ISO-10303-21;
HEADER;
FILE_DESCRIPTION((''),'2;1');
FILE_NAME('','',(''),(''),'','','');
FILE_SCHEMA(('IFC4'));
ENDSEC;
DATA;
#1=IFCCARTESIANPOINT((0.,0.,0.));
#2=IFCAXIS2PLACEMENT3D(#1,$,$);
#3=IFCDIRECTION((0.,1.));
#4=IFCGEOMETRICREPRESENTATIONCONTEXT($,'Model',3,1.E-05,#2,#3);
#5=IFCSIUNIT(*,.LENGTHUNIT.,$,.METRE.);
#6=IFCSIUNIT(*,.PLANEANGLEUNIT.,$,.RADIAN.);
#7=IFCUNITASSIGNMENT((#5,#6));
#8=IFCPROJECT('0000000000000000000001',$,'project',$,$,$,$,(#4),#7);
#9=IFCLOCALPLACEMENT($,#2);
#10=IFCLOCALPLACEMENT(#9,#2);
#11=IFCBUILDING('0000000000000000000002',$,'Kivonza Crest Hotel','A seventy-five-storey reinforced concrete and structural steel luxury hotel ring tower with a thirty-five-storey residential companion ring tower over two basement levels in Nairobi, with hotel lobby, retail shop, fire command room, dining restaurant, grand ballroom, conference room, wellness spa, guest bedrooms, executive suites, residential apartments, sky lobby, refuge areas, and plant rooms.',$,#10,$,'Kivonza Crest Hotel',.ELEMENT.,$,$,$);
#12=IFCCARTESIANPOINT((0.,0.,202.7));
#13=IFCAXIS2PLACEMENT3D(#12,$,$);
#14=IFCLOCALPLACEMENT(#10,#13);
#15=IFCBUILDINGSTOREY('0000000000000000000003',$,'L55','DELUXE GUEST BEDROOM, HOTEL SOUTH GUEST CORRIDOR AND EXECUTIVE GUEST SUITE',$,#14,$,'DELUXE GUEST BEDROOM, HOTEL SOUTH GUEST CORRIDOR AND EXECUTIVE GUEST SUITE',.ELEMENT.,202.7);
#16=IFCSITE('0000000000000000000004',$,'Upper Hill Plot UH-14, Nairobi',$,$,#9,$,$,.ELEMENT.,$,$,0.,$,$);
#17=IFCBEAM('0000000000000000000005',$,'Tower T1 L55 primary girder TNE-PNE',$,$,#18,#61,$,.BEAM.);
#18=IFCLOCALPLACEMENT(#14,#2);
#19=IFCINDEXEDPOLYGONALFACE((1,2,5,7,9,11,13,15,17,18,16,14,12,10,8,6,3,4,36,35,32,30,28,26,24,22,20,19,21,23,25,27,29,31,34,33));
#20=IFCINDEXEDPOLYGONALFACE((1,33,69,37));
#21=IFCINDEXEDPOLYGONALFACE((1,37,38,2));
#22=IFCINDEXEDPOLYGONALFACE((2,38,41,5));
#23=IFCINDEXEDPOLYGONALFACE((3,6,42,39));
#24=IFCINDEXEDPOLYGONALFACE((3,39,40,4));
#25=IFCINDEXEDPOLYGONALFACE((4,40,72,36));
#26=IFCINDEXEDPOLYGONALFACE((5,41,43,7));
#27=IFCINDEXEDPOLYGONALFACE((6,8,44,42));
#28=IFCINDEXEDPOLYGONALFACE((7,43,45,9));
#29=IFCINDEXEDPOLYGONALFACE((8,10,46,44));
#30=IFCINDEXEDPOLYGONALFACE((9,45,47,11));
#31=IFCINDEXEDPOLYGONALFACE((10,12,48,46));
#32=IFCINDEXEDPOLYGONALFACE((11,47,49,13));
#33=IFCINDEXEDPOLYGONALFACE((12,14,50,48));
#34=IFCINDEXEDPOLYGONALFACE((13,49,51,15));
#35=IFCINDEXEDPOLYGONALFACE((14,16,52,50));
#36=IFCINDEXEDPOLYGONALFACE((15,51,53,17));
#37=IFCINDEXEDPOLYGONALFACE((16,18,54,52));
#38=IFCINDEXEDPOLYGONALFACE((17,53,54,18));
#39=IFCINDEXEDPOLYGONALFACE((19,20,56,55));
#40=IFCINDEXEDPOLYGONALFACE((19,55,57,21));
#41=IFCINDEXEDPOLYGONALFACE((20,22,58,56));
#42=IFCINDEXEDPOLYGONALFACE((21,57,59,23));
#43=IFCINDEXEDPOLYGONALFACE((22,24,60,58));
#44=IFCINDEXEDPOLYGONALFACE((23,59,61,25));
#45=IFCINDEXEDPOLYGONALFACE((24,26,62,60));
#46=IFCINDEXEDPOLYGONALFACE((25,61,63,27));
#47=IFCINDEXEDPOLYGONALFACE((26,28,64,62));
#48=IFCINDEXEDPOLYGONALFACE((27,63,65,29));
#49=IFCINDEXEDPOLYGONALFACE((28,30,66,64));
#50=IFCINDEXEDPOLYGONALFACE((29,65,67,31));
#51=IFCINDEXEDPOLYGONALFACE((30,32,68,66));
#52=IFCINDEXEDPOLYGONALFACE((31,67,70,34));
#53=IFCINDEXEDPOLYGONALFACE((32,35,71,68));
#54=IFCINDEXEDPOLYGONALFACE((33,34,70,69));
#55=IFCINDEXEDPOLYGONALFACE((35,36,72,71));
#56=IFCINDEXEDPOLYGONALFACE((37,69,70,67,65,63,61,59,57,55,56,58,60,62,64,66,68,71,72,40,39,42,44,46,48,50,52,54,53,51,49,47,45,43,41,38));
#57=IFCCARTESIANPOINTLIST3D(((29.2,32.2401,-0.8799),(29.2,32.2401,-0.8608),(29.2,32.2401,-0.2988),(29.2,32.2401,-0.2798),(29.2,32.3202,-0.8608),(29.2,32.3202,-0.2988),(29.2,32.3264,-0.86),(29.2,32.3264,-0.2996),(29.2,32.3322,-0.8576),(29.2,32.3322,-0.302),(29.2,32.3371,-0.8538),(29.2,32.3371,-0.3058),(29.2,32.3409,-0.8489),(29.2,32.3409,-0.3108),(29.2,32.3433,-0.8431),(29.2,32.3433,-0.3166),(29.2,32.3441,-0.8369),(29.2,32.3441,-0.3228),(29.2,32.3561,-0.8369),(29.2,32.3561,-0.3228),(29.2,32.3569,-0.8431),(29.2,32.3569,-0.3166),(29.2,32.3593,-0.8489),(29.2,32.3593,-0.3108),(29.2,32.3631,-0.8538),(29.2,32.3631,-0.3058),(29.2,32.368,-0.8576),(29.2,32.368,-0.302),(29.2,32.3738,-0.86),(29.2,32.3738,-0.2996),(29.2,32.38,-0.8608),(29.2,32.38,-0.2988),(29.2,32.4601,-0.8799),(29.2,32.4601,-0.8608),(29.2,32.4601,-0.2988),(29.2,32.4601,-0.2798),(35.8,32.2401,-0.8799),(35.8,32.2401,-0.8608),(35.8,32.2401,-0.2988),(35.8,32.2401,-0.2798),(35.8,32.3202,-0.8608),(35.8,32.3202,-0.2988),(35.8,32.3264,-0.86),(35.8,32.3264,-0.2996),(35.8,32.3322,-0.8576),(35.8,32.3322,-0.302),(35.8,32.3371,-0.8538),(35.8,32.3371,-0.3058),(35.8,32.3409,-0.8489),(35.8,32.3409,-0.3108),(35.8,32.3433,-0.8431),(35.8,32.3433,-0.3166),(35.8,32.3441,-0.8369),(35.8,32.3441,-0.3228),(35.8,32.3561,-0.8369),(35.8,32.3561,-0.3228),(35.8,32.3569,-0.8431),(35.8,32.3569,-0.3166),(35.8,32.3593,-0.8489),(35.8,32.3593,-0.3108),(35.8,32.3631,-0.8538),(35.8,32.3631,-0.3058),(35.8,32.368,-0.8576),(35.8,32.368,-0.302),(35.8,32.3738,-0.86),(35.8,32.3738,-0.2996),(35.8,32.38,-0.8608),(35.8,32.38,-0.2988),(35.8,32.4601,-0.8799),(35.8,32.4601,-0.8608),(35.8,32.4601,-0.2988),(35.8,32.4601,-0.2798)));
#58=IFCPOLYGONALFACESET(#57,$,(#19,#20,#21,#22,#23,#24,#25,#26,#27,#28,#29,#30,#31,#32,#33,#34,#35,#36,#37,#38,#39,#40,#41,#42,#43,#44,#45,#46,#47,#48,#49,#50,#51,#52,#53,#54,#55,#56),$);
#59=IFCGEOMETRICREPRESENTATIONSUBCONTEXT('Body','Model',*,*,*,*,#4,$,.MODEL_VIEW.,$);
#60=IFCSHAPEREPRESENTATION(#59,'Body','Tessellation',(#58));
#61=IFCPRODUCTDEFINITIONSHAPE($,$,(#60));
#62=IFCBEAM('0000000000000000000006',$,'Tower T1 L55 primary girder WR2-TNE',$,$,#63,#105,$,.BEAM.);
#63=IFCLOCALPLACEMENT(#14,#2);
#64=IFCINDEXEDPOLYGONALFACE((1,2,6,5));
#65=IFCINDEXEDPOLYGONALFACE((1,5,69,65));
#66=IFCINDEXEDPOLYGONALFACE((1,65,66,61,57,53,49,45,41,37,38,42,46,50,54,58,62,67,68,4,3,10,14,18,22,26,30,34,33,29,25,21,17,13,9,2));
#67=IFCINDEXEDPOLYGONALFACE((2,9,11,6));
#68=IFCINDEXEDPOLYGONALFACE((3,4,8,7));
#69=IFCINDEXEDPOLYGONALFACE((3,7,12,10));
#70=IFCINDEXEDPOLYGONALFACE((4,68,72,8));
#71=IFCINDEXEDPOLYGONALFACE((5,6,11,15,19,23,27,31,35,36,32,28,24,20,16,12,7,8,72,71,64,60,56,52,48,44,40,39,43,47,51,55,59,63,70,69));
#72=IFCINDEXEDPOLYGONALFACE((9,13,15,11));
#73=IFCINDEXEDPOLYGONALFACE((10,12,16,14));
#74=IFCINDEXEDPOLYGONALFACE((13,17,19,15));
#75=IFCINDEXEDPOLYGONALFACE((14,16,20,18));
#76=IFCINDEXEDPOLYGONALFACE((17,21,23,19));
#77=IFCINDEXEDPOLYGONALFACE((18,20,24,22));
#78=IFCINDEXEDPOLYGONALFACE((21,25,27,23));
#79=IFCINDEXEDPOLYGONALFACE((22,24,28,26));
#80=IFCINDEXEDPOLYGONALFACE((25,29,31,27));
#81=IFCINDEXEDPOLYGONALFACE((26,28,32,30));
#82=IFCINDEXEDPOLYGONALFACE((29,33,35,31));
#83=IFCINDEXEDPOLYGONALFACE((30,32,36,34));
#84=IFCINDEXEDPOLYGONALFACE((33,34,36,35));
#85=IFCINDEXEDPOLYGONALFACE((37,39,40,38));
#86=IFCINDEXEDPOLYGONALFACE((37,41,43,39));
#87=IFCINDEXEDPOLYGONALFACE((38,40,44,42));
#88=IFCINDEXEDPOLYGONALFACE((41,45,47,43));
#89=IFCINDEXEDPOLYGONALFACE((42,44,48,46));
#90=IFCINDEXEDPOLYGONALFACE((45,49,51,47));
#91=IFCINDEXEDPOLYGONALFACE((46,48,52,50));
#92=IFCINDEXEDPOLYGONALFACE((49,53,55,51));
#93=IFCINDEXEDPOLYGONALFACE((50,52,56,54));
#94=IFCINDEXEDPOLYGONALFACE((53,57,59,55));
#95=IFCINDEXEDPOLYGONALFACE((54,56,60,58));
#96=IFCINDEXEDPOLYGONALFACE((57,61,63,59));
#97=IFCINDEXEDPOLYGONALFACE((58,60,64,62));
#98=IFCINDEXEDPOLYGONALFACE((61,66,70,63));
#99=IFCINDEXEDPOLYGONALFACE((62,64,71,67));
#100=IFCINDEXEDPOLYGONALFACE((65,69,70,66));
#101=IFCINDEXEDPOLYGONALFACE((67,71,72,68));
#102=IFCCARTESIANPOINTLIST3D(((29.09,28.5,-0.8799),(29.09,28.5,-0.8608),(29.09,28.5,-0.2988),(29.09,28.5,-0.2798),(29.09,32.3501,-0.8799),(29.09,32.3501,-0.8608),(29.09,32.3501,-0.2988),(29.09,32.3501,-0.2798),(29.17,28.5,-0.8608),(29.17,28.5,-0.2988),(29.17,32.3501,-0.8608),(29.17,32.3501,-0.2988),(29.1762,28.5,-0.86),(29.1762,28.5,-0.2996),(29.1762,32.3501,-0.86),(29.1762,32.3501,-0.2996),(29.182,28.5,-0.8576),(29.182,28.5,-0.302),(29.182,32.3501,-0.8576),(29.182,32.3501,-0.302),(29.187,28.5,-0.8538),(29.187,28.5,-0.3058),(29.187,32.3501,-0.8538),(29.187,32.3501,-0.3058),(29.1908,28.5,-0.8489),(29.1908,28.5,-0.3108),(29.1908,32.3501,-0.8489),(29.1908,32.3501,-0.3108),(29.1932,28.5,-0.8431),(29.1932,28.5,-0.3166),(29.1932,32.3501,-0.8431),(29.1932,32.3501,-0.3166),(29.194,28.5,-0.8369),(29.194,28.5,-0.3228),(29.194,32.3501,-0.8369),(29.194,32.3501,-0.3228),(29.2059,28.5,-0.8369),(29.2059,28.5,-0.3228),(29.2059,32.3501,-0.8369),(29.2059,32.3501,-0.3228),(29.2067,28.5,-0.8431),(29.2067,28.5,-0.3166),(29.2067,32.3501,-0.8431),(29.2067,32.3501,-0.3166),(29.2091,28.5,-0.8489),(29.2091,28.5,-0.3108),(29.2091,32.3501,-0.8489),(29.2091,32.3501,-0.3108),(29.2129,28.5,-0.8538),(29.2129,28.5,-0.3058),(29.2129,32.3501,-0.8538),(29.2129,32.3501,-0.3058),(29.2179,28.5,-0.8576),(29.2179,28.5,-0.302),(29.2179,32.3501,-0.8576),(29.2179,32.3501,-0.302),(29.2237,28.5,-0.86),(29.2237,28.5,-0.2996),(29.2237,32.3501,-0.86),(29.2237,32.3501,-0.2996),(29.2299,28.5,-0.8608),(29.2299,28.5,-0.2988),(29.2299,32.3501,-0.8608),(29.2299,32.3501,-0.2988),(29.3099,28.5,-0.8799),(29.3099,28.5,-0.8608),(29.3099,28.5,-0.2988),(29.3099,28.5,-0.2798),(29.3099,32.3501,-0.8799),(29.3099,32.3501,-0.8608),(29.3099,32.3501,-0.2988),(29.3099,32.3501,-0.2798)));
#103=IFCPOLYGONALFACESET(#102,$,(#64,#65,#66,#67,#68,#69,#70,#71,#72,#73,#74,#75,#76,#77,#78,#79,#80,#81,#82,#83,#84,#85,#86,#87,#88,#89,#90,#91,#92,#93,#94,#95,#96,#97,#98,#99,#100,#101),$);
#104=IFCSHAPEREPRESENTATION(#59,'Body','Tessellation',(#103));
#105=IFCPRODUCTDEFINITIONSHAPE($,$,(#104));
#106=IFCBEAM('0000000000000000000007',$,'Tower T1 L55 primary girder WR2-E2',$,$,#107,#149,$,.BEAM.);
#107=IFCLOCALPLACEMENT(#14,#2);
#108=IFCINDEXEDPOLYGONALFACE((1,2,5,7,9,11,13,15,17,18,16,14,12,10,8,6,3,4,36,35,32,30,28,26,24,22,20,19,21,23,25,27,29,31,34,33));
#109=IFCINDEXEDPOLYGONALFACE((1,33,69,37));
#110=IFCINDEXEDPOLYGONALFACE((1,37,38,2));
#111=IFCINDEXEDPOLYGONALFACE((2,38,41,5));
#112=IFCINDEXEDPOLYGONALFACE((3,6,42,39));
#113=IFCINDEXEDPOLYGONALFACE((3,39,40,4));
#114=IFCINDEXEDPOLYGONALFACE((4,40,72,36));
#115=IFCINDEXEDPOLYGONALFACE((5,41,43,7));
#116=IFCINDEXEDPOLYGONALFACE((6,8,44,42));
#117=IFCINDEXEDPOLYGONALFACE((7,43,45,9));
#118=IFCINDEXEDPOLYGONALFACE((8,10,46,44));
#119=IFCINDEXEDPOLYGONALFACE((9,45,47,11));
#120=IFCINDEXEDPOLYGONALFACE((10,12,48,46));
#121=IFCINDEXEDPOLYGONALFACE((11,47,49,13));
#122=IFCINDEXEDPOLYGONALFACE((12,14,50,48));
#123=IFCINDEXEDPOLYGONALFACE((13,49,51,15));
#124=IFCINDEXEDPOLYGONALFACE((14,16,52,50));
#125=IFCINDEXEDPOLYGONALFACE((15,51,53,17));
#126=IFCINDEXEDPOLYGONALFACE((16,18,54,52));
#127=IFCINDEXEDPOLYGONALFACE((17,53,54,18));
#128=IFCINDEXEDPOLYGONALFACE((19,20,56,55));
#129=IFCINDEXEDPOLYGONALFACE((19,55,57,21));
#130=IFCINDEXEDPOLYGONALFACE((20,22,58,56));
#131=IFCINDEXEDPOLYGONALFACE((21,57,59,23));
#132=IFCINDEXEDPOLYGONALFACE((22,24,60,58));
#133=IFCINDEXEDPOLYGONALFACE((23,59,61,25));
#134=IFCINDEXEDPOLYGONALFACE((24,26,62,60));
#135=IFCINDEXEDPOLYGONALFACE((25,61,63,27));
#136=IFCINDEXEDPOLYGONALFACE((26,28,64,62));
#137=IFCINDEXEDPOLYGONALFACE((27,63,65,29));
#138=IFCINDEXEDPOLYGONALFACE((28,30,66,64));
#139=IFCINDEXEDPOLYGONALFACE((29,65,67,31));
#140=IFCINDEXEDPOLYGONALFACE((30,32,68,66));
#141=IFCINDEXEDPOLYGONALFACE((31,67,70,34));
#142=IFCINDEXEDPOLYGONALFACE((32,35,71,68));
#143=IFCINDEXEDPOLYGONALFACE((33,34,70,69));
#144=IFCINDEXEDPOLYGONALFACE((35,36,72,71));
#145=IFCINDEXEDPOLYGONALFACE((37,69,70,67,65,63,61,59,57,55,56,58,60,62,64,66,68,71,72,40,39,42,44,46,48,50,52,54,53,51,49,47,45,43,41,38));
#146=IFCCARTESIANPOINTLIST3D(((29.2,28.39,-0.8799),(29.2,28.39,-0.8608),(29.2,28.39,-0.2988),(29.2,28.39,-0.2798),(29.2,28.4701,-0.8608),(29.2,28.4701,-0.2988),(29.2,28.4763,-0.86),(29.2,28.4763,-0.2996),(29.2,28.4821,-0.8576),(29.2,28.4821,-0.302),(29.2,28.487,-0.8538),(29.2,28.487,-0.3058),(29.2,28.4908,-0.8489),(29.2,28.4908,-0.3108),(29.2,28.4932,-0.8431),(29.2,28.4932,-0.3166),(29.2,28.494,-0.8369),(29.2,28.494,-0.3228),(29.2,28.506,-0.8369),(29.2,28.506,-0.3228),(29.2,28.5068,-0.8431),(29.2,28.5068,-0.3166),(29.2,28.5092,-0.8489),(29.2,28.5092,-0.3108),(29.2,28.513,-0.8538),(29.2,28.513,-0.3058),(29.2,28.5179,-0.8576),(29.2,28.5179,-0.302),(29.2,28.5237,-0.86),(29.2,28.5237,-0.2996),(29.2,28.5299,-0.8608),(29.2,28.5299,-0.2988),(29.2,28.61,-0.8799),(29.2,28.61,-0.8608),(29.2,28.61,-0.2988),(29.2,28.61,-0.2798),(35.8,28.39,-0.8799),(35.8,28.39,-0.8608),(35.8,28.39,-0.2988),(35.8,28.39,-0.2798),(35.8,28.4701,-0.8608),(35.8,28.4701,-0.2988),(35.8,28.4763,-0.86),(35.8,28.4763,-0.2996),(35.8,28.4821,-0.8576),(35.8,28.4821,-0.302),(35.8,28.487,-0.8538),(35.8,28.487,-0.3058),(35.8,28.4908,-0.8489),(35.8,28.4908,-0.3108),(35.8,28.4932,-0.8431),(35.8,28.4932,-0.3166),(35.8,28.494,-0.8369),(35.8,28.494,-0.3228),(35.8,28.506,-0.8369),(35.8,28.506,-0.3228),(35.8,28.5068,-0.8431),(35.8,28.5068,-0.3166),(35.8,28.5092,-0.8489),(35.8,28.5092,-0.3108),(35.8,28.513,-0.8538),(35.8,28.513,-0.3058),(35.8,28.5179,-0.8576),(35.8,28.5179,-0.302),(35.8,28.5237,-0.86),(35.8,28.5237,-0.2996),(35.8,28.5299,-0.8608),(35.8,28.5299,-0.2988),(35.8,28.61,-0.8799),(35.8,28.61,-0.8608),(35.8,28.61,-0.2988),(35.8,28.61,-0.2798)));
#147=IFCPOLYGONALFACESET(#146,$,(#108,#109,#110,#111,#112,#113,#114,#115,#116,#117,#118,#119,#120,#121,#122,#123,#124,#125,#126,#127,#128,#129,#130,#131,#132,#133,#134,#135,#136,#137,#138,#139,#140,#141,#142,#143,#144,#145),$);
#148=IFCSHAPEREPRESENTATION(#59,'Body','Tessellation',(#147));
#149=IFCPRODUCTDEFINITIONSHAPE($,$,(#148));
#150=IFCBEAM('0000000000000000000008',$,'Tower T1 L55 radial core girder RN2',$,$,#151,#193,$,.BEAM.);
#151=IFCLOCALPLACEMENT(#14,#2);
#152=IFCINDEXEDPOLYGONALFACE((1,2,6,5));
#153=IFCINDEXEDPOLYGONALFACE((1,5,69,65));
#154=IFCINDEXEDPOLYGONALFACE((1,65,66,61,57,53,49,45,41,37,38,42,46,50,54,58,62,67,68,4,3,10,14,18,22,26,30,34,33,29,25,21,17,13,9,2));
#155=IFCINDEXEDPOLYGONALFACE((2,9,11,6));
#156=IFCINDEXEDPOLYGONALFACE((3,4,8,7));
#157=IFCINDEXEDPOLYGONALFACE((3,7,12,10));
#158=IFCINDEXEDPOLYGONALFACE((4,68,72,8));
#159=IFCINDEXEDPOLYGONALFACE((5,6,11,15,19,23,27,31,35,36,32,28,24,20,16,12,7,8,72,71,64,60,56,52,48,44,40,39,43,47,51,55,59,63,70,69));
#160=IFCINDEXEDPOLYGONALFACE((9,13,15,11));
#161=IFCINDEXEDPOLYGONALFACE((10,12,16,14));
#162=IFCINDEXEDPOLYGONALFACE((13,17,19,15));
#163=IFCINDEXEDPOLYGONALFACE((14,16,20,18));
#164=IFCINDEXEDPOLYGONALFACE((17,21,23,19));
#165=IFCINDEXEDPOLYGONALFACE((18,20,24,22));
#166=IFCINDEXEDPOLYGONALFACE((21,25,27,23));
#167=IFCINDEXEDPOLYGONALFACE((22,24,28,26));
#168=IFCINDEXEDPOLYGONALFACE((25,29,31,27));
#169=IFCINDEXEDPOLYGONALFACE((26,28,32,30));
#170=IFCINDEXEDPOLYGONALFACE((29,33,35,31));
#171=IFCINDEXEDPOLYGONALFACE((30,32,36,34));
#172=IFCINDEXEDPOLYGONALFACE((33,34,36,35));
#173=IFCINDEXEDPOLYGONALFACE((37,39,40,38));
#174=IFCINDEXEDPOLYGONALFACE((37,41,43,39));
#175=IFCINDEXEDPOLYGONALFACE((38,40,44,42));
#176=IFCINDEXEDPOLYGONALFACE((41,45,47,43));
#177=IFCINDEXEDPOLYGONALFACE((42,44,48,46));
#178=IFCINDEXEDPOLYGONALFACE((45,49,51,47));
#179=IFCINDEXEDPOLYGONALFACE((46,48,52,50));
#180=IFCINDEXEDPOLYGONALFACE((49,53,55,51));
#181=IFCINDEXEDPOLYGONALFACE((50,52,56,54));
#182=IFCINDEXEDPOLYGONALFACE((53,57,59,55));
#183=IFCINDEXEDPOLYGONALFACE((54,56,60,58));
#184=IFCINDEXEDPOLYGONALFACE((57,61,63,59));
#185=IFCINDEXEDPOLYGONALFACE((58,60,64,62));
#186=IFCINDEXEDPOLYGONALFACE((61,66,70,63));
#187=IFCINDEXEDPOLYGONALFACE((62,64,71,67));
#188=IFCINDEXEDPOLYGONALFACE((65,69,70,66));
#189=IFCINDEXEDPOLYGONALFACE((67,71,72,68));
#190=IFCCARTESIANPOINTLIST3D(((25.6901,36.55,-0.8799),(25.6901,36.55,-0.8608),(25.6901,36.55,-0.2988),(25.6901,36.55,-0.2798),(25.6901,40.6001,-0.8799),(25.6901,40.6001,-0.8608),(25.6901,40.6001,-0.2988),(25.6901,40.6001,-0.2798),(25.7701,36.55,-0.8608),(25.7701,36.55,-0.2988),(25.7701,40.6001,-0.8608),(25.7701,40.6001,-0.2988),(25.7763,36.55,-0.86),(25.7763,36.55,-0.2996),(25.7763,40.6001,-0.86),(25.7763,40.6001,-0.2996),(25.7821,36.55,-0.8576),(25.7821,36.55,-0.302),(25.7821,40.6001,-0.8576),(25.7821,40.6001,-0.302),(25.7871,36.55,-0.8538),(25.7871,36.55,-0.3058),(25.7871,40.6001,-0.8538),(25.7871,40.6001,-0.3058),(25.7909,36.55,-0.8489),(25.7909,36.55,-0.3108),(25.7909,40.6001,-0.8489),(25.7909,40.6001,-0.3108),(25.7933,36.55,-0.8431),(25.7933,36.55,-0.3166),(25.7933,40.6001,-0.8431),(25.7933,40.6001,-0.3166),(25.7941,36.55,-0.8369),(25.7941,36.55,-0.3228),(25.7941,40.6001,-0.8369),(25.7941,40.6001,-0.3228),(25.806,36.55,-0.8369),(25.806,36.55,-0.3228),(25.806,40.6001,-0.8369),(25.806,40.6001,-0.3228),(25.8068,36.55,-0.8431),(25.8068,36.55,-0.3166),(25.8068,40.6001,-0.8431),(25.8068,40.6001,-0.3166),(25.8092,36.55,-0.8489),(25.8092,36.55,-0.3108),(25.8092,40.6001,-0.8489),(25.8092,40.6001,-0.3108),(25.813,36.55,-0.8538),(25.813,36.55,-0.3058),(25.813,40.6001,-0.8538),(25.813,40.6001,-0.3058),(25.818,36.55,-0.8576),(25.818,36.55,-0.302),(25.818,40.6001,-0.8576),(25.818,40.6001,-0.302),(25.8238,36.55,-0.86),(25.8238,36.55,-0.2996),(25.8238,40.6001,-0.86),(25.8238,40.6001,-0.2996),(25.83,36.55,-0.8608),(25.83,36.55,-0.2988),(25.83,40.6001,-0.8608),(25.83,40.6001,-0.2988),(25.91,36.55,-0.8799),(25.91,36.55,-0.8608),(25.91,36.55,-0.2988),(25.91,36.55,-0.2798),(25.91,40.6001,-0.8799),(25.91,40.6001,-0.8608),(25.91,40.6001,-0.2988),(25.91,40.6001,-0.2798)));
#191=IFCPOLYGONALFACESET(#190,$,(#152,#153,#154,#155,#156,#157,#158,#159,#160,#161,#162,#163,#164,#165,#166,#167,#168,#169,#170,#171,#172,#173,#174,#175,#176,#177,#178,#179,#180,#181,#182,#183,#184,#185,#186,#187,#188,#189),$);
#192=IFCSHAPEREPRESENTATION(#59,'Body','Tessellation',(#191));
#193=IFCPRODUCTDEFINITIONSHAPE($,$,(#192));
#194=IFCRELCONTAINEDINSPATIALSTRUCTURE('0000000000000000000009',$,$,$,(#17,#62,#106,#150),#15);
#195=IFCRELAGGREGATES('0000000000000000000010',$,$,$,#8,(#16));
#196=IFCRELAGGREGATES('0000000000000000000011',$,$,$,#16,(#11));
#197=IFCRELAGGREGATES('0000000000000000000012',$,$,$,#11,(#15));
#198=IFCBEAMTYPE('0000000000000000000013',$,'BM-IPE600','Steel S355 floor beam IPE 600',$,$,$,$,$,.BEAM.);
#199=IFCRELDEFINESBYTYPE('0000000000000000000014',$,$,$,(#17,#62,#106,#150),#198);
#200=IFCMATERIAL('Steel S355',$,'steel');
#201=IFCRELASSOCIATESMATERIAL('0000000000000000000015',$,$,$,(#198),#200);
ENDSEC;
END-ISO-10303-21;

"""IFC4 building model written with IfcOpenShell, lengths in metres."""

from ifc_helpers import new_model, si_unit, direction, frame, origin, origin_2d, place, context, subcontext, project, spatial, i_section, extrude, material, material_profile, profile_set, type_object, element, save


model = new_model("IFC4")

# Units and contexts
model_context = context("Model", 3, precision=1e-05, world=origin(), true_north=direction((0.0, 1.0)))
body_context = subcontext(model_context, "Body", "Model", "MODEL_VIEW")
ifc_project = project(units=[si_unit("LENGTHUNIT", "METRE"), si_unit("PLANEANGLEUNIT", "RADIAN")], contexts=[model_context])

# Site, building, storey
site_placement = place(None, origin())
site = spatial("IfcSite", under=ifc_project, at=site_placement, Name="Upper Hill Plot UH-14, Nairobi", CompositionType="ELEMENT", RefElevation=0.0)
building_placement = place(site_placement, origin())
building = spatial("IfcBuilding", under=site, at=building_placement, Name="Kivonza Crest Hotel", Description="A seventy-five-storey reinforced concrete and structural steel luxury hotel ring tower with a thirty-five-storey residential companion ring tower over two basement levels in Nairobi, with hotel lobby, retail shop, fire command room, dining restaurant, grand ballroom, conference room, wellness spa, guest bedrooms, executive suites, residential apartments, sky lobby, refuge areas, and plant rooms.", LongName="Kivonza Crest Hotel", CompositionType="ELEMENT")
storey_placement = place(building_placement, frame((0.0, 0.0, 202.7)))
storey = spatial("IfcBuildingStorey", under=building, at=storey_placement, Name="L55", Description="DELUXE GUEST BEDROOM, HOTEL SOUTH GUEST CORRIDOR AND EXECUTIVE GUEST SUITE", LongName="DELUXE GUEST BEDROOM, HOTEL SOUTH GUEST CORRIDOR AND EXECUTIVE GUEST SUITE", CompositionType="ELEMENT", Elevation=202.7)

# Beams
ifc_material_1 = material(Name="Steel S355", Category="steel")
ifc_material_profile_1 = material_profile(ifc_material_1, i_section(OverallWidth=0.22, OverallDepth=0.6001, WebThickness=0.012, FlangeThickness=0.019, FilletRadius=0.0239, at=origin_2d()), Name="IPE 600")
ifc_profile_set_1 = profile_set([ifc_material_profile_1], Name="Steel S355")
beam_type_1 = type_object("IfcBeamType", Name="BM-IPE600", Description="Steel S355 floor beam IPE 600", PredefinedType="BEAM", material=ifc_profile_set_1)
beam_1_placement = place(storey_placement, frame((29.2, 32.3501, -0.5798), z_axis=(1.0, 0.0, 0.0), x_axis=(0.0, 1.0, 0.0)))
element("IfcBeam", 1, at=beam_1_placement, inside=storey, type_object=beam_type_1, Name="Tower T1 L55 primary girder TNE-PNE", PredefinedType="BEAM", context=body_context, shape_type="SweptSolid", body=[
    extrude(i_section(OverallWidth=0.22, OverallDepth=0.6001, WebThickness=0.012, FlangeThickness=0.019, FilletRadius=0.0239, at=origin_2d()), origin(), (0.0, 0.0, 1.0), 6.6001),
])
beam_2_placement = place(storey_placement, frame((29.2, 28.5, -0.5798), z_axis=(0.0, 1.0, 0.0), x_axis=(-1.0, 0.0, 0.0)))
element("IfcBeam", 2, at=beam_2_placement, inside=storey, type_object=beam_type_1, Name="Tower T1 L55 primary girder WR2-TNE", PredefinedType="BEAM", context=body_context, shape_type="SweptSolid", body=[
    extrude(i_section(OverallWidth=0.22, OverallDepth=0.6001, WebThickness=0.012, FlangeThickness=0.019, FilletRadius=0.0239, at=origin_2d()), origin(), (0.0, 0.0, 1.0), 3.8501),
])
beam_3_placement = place(storey_placement, frame((29.2, 28.5, -0.5798), z_axis=(1.0, 0.0, 0.0), x_axis=(0.0, 1.0, 0.0)))
element("IfcBeam", 3, at=beam_3_placement, inside=storey, type_object=beam_type_1, Name="Tower T1 L55 primary girder WR2-E2", PredefinedType="BEAM", context=body_context, shape_type="SweptSolid", body=[
    extrude(i_section(OverallWidth=0.22, OverallDepth=0.6001, WebThickness=0.012, FlangeThickness=0.019, FilletRadius=0.0239, at=origin_2d()), origin(), (0.0, 0.0, 1.0), 6.6001),
])
beam_4_placement = place(storey_placement, frame((25.8, 40.6001, -0.5798), z_axis=(0.0, -1.0, 0.0), x_axis=(1.0, 0.0, 0.0)))
element("IfcBeam", 4, at=beam_4_placement, inside=storey, type_object=beam_type_1, Name="Tower T1 L55 radial core girder RN2", PredefinedType="BEAM", context=body_context, shape_type="SweptSolid", body=[
    extrude(i_section(OverallWidth=0.22, OverallDepth=0.6001, WebThickness=0.012, FlangeThickness=0.019, FilletRadius=0.0239, at=origin_2d()), origin(), (0.0, 0.0, 1.0), 4.05),
])

save(model, "model.ifc")
